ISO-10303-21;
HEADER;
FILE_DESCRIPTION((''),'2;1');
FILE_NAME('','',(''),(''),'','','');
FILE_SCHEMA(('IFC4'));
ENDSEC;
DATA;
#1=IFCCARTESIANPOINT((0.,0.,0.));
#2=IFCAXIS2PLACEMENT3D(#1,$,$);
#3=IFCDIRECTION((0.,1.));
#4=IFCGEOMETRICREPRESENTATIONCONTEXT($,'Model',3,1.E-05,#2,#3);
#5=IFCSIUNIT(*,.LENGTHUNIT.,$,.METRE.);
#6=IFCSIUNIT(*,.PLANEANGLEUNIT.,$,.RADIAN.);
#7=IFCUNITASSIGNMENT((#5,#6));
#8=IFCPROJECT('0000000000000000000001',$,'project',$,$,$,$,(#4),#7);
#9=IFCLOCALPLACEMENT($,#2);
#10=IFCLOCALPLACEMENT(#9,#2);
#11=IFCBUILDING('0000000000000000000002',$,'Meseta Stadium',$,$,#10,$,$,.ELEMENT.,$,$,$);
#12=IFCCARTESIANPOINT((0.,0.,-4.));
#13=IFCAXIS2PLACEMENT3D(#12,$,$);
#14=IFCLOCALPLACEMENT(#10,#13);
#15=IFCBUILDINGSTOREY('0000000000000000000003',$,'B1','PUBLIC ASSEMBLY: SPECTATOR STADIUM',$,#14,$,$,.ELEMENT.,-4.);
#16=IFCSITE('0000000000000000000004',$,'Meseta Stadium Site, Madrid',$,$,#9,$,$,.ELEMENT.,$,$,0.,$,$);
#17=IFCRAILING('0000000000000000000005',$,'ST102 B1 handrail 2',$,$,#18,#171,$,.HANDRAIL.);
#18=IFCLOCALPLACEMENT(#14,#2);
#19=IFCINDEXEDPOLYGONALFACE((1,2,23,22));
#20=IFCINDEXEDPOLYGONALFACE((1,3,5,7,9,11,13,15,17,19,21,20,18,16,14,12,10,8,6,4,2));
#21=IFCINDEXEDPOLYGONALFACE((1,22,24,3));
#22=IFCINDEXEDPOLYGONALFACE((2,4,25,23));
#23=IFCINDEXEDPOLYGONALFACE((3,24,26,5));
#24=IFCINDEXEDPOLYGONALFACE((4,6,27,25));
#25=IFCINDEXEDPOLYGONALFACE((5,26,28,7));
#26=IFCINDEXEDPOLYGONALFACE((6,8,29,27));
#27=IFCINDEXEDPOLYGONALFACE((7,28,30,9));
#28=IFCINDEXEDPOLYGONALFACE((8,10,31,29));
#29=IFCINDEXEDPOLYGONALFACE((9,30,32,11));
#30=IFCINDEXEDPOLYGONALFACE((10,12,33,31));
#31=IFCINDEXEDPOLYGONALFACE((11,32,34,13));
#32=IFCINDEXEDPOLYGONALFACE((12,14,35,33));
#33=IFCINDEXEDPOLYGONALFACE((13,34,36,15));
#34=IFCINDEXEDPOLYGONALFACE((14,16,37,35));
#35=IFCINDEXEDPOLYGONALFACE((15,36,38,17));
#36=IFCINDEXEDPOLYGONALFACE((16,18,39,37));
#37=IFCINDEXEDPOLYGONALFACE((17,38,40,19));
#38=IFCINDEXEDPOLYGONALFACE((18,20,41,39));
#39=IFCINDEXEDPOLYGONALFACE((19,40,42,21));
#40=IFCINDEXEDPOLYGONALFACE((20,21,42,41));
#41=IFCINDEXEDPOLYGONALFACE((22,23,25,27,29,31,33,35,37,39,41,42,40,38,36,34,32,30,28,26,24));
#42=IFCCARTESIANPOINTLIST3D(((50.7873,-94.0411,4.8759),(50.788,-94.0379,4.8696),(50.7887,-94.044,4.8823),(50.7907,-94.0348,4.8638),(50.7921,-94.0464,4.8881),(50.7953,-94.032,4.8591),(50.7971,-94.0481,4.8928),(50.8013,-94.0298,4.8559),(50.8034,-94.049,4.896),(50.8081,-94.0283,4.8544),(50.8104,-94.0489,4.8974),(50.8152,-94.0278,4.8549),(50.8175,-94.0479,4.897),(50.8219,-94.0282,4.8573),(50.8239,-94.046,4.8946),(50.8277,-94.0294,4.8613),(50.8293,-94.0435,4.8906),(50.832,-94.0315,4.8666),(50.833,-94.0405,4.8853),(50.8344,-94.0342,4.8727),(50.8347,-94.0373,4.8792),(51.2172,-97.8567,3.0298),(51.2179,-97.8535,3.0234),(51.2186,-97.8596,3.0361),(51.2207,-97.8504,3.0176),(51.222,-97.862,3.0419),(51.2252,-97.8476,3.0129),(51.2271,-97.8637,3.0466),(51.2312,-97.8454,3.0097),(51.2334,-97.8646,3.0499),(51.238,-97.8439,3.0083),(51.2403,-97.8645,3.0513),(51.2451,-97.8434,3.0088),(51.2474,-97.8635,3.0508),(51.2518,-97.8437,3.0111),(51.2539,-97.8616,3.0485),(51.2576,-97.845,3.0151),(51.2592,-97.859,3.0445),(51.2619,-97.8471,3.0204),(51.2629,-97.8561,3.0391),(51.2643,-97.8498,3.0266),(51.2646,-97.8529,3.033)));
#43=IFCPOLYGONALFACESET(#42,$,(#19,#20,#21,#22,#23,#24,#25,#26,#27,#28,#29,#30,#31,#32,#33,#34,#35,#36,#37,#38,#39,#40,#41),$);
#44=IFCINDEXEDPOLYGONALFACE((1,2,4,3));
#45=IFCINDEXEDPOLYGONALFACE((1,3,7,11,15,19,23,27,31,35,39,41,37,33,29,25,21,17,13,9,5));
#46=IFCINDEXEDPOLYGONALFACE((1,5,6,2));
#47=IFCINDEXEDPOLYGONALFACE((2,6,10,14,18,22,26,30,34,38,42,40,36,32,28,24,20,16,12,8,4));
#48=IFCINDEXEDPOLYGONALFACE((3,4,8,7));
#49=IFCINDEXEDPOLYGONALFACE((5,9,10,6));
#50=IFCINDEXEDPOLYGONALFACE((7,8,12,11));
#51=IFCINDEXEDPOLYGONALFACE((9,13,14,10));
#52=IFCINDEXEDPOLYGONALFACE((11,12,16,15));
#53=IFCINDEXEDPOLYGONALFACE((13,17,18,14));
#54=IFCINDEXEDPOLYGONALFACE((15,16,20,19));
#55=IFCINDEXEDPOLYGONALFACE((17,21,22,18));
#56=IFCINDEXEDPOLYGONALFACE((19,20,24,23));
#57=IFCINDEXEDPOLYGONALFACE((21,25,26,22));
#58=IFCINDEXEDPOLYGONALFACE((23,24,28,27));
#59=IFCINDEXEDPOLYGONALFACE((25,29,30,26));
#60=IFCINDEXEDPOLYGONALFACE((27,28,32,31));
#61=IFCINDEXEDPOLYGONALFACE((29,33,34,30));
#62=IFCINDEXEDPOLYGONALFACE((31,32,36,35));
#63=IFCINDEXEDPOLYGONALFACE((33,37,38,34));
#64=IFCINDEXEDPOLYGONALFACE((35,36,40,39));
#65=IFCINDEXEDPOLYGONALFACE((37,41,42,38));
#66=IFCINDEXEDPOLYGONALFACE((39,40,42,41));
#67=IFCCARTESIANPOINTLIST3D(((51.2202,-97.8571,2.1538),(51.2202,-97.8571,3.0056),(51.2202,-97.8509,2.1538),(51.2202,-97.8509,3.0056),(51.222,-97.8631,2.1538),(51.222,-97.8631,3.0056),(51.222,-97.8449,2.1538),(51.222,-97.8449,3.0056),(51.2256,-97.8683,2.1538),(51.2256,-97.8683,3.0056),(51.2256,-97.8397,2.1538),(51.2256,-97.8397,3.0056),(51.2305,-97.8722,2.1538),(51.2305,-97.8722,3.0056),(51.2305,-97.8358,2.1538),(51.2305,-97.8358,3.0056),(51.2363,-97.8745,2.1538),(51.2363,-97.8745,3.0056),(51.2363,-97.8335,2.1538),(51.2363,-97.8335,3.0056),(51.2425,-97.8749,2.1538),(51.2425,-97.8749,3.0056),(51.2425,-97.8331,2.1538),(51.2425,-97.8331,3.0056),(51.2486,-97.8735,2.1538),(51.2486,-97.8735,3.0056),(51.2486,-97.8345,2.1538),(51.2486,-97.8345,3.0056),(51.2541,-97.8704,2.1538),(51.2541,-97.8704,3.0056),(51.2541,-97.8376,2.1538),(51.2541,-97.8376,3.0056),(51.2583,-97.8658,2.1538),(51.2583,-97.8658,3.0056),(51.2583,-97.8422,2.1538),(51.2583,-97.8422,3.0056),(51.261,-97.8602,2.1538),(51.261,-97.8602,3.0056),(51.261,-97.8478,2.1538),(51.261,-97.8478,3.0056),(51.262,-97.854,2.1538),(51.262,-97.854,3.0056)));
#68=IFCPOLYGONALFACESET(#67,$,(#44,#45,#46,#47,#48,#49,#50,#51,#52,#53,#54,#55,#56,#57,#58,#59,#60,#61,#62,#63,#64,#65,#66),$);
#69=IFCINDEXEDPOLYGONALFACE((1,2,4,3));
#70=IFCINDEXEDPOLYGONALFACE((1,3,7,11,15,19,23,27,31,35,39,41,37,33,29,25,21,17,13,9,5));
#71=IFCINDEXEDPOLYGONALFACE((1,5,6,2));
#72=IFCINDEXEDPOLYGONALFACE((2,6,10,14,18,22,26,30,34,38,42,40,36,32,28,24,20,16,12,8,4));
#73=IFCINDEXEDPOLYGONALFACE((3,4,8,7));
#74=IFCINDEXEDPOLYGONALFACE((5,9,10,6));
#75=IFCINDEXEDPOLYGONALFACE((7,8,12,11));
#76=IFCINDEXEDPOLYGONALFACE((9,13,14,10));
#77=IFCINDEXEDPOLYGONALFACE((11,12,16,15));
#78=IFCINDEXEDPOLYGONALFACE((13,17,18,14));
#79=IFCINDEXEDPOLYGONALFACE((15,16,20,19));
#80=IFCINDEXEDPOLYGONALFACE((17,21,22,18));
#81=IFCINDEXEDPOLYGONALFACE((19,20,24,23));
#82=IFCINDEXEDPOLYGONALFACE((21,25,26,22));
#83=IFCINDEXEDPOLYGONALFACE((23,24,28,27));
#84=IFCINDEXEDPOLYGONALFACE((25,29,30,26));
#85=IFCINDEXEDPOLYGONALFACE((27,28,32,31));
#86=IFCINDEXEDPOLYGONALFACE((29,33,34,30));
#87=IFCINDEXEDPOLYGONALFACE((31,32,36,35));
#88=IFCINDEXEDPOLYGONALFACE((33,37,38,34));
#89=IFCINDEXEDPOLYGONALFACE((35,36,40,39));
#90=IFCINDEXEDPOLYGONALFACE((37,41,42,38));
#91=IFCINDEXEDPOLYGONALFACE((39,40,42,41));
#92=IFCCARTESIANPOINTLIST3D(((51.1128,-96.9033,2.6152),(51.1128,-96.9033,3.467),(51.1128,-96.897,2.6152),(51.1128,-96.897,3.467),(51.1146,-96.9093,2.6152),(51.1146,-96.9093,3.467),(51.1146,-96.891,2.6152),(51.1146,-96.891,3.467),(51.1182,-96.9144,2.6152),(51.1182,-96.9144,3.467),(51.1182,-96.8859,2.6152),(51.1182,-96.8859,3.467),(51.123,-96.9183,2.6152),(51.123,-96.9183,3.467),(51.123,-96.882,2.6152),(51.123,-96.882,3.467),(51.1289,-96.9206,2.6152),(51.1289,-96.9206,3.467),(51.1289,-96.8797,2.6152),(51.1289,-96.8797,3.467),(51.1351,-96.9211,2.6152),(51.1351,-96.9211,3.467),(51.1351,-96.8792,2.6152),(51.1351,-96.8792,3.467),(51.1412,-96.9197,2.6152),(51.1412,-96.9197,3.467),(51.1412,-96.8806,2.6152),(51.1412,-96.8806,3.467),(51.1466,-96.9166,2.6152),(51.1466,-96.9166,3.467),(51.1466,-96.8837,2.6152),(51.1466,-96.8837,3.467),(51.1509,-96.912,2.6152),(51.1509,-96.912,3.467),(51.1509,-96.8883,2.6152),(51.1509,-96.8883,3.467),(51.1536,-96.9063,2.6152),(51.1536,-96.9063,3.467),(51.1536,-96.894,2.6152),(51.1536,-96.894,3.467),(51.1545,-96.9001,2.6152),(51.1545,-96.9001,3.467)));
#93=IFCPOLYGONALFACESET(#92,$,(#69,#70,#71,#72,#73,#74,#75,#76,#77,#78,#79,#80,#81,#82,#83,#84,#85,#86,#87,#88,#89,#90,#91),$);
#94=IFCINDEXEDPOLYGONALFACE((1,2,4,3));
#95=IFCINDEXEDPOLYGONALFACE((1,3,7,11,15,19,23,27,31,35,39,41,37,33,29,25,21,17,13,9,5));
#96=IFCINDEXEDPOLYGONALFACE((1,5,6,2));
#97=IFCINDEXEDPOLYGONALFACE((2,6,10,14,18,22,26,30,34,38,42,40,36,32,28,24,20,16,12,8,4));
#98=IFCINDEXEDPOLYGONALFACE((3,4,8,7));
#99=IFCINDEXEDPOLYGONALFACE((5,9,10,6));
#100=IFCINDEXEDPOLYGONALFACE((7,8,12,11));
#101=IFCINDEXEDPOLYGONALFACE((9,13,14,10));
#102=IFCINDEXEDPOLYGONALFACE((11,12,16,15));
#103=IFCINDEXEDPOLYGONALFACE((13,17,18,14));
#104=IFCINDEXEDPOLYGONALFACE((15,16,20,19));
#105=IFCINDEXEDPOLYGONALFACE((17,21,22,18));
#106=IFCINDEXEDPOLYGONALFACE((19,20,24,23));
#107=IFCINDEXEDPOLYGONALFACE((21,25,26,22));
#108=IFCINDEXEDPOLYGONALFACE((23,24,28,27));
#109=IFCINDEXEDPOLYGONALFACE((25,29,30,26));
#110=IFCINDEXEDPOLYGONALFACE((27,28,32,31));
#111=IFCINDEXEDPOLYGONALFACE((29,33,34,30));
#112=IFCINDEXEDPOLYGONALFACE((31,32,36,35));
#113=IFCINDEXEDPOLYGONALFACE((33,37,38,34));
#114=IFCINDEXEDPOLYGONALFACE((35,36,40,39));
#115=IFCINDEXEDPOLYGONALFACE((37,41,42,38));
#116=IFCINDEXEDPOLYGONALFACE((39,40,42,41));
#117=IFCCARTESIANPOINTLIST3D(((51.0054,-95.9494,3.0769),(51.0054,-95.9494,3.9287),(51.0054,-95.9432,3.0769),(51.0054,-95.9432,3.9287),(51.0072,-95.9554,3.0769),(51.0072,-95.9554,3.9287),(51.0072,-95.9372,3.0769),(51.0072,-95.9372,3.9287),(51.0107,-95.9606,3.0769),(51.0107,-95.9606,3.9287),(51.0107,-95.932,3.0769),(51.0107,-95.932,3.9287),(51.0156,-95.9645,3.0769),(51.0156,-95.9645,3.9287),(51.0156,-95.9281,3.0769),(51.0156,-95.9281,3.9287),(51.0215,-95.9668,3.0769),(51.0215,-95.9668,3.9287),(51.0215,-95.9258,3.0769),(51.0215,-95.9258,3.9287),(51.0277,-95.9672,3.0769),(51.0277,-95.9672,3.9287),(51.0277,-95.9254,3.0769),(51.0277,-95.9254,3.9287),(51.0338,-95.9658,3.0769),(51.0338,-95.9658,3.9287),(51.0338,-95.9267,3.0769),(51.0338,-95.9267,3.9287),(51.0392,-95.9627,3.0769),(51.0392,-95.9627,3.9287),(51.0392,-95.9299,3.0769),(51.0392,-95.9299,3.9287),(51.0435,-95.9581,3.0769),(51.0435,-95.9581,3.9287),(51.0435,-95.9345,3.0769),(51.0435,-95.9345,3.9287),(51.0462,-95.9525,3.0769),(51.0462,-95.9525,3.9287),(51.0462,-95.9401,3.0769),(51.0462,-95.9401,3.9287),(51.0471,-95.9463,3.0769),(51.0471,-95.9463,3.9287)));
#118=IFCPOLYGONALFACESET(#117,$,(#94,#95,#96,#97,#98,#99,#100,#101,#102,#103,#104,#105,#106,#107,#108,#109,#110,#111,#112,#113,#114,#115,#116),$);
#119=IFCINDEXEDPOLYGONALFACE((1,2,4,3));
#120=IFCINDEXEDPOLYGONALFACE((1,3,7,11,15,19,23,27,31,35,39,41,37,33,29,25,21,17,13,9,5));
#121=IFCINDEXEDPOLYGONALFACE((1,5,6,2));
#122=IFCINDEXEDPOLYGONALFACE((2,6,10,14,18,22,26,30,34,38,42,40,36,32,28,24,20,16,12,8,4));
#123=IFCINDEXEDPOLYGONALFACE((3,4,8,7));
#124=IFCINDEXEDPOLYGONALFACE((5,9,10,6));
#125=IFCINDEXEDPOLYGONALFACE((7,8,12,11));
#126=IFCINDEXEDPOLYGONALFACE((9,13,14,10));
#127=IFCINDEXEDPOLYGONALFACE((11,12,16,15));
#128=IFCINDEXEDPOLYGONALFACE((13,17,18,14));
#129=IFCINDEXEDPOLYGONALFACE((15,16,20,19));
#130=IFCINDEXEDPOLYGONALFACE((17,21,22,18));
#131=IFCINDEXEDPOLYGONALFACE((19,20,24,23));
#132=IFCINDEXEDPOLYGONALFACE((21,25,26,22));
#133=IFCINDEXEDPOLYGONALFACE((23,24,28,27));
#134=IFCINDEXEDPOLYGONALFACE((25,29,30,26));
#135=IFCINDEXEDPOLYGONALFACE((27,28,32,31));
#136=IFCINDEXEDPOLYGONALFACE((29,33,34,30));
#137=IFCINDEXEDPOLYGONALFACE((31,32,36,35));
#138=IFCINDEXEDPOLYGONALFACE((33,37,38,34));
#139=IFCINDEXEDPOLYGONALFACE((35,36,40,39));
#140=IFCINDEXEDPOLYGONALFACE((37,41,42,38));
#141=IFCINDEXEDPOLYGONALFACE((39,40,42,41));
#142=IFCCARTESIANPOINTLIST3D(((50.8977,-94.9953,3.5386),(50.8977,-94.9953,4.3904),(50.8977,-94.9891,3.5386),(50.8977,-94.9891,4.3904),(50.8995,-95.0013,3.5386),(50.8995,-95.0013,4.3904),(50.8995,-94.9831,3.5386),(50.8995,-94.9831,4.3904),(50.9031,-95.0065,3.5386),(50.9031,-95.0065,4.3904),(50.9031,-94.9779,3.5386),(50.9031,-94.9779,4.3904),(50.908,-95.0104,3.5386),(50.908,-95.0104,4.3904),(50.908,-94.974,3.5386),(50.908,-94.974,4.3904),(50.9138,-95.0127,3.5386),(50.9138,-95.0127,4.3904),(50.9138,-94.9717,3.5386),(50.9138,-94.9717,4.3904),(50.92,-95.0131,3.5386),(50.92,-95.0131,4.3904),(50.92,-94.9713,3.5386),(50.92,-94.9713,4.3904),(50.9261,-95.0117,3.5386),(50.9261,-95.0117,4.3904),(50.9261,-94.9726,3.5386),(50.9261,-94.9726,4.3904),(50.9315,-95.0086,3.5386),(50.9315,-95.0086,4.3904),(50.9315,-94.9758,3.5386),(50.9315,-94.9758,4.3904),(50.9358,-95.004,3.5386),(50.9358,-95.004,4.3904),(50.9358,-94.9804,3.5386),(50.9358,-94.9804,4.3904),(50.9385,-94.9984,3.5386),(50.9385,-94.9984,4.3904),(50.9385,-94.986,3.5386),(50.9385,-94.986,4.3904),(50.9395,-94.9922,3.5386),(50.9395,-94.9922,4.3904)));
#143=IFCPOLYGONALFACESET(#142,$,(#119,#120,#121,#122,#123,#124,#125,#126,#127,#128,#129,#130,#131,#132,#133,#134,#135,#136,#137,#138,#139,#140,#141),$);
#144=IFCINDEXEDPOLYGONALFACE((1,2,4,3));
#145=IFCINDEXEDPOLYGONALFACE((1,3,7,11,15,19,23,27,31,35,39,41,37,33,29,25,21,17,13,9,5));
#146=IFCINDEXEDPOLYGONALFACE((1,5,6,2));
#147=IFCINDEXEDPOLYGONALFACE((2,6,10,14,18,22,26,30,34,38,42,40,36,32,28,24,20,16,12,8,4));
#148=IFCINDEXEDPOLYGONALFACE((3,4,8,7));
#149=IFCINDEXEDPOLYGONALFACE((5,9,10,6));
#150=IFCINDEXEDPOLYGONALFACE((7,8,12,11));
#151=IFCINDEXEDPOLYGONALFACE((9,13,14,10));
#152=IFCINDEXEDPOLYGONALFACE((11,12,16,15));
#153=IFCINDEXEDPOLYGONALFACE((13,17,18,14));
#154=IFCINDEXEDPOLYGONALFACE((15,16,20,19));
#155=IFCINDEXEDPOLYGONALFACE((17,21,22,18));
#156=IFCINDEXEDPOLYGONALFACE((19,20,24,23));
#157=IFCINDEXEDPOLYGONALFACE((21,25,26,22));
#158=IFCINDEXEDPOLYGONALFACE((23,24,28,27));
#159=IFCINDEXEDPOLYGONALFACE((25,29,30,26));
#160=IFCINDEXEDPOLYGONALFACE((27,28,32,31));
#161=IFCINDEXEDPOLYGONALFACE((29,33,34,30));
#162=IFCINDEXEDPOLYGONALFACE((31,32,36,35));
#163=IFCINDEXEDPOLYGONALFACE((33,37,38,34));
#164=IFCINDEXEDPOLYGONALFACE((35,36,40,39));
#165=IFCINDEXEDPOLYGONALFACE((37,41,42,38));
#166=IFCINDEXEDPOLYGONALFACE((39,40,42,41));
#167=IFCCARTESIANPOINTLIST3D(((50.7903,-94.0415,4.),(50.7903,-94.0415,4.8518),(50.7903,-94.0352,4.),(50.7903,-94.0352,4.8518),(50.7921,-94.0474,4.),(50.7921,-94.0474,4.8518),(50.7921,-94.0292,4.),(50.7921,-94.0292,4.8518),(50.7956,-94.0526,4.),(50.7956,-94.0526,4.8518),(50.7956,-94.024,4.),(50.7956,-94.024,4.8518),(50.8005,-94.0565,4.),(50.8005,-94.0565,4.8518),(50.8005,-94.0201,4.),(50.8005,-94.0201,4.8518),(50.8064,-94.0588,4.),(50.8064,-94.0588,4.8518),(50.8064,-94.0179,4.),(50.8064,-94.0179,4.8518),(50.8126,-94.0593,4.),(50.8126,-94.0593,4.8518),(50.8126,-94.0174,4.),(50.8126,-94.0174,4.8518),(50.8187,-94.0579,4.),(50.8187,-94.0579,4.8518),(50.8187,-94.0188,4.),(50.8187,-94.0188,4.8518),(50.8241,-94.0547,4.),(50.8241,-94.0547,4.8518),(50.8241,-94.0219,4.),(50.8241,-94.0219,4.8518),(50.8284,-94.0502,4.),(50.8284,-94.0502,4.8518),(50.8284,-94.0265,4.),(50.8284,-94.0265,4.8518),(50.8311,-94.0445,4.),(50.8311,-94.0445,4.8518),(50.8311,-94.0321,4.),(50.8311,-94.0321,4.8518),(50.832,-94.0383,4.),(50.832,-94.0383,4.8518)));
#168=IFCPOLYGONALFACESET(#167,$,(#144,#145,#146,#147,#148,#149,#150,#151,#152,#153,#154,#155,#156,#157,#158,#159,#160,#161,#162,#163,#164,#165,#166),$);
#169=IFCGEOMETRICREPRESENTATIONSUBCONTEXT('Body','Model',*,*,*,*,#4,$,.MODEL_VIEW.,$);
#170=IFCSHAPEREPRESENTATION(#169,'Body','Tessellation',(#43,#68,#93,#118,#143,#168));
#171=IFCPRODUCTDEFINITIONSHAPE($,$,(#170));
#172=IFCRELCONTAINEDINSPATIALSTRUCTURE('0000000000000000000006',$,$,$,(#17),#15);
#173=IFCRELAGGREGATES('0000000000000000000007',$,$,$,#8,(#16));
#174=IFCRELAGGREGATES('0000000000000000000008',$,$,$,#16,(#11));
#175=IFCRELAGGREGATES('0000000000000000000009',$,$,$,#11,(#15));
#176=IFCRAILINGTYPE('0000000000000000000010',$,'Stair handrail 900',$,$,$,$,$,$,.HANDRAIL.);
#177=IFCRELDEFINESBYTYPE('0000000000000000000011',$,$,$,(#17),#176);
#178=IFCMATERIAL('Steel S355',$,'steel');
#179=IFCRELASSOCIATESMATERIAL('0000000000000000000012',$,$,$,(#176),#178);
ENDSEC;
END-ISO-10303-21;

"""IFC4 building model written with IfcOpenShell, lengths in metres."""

from ifc_helpers import new_model, si_unit, direction, frame, origin, origin_2d, place, context, subcontext, project, spatial, circle, extrude, material, type_object, element, save


model = new_model("IFC4")

# Units and contexts
model_context = context("Model", 3, precision=1e-05, world=origin(), true_north=direction((0.0, 1.0)))
body_context = subcontext(model_context, "Body", "Model", "MODEL_VIEW")
ifc_project = project(units=[si_unit("LENGTHUNIT", "METRE"), si_unit("PLANEANGLEUNIT", "RADIAN")], contexts=[model_context])

# Site, building, storey
site_placement = place(None, origin())
site = spatial("IfcSite", under=ifc_project, at=site_placement, Name="Meseta Stadium Site, Madrid", CompositionType="ELEMENT", RefElevation=0.0)
building_placement = place(site_placement, origin())
building = spatial("IfcBuilding", under=site, at=building_placement, Name="Meseta Stadium", CompositionType="ELEMENT")
storey_placement = place(building_placement, frame((0.0, 0.0, -4.0)))
storey = spatial("IfcBuildingStorey", under=building, at=storey_placement, Name="B1", Description="PUBLIC ASSEMBLY: SPECTATOR STADIUM", CompositionType="ELEMENT", Elevation=-4.0)

# Railing
ifc_material_1 = material(Name="Steel S355", Category="steel")
railing_type_1 = type_object("IfcRailingType", Name="Stair handrail 900", PredefinedType="HANDRAIL", material=ifc_material_1)
railing_1_placement = place(storey_placement, frame((51.241, -97.854, 2.1538)))
element("IfcRailing", 1, at=railing_1_placement, inside=storey, type_object=railing_type_1, Name="ST102 B1 handrail 2", PredefinedType="HANDRAIL", context=body_context, shape_type="SweptSolid", body=[
    extrude(circle(Radius=0.0239, at=origin_2d()), frame((0.0, 0.0, 0.876), z_axis=(-0.100909, 0.895574, 0.433318), x_axis=(-0.993712, -0.111967, 0.0)), (0.0, 0.0, 1.0), 4.2605),
    extrude(circle(Radius=0.021, at=origin_2d()), origin(), (0.0, 0.0, 1.0), 0.8518),
    extrude(circle(Radius=0.021, at=origin_2d()), frame((-0.1074, 0.9539, 0.4614)), (0.0, 0.0, 1.0), 0.8518),
    extrude(circle(Radius=0.021, at=origin_2d()), frame((-0.2148, 1.9077, 0.9231)), (0.0, 0.0, 1.0), 0.8518),
    extrude(circle(Radius=0.021, at=origin_2d()), frame((-0.3225, 2.8618, 1.3848)), (0.0, 0.0, 1.0), 0.8518),
    extrude(circle(Radius=0.021, at=origin_2d()), frame((-0.4299, 3.8157, 1.8462)), (0.0, 0.0, 1.0), 0.8518),
])

save(model, "model.ifc")
